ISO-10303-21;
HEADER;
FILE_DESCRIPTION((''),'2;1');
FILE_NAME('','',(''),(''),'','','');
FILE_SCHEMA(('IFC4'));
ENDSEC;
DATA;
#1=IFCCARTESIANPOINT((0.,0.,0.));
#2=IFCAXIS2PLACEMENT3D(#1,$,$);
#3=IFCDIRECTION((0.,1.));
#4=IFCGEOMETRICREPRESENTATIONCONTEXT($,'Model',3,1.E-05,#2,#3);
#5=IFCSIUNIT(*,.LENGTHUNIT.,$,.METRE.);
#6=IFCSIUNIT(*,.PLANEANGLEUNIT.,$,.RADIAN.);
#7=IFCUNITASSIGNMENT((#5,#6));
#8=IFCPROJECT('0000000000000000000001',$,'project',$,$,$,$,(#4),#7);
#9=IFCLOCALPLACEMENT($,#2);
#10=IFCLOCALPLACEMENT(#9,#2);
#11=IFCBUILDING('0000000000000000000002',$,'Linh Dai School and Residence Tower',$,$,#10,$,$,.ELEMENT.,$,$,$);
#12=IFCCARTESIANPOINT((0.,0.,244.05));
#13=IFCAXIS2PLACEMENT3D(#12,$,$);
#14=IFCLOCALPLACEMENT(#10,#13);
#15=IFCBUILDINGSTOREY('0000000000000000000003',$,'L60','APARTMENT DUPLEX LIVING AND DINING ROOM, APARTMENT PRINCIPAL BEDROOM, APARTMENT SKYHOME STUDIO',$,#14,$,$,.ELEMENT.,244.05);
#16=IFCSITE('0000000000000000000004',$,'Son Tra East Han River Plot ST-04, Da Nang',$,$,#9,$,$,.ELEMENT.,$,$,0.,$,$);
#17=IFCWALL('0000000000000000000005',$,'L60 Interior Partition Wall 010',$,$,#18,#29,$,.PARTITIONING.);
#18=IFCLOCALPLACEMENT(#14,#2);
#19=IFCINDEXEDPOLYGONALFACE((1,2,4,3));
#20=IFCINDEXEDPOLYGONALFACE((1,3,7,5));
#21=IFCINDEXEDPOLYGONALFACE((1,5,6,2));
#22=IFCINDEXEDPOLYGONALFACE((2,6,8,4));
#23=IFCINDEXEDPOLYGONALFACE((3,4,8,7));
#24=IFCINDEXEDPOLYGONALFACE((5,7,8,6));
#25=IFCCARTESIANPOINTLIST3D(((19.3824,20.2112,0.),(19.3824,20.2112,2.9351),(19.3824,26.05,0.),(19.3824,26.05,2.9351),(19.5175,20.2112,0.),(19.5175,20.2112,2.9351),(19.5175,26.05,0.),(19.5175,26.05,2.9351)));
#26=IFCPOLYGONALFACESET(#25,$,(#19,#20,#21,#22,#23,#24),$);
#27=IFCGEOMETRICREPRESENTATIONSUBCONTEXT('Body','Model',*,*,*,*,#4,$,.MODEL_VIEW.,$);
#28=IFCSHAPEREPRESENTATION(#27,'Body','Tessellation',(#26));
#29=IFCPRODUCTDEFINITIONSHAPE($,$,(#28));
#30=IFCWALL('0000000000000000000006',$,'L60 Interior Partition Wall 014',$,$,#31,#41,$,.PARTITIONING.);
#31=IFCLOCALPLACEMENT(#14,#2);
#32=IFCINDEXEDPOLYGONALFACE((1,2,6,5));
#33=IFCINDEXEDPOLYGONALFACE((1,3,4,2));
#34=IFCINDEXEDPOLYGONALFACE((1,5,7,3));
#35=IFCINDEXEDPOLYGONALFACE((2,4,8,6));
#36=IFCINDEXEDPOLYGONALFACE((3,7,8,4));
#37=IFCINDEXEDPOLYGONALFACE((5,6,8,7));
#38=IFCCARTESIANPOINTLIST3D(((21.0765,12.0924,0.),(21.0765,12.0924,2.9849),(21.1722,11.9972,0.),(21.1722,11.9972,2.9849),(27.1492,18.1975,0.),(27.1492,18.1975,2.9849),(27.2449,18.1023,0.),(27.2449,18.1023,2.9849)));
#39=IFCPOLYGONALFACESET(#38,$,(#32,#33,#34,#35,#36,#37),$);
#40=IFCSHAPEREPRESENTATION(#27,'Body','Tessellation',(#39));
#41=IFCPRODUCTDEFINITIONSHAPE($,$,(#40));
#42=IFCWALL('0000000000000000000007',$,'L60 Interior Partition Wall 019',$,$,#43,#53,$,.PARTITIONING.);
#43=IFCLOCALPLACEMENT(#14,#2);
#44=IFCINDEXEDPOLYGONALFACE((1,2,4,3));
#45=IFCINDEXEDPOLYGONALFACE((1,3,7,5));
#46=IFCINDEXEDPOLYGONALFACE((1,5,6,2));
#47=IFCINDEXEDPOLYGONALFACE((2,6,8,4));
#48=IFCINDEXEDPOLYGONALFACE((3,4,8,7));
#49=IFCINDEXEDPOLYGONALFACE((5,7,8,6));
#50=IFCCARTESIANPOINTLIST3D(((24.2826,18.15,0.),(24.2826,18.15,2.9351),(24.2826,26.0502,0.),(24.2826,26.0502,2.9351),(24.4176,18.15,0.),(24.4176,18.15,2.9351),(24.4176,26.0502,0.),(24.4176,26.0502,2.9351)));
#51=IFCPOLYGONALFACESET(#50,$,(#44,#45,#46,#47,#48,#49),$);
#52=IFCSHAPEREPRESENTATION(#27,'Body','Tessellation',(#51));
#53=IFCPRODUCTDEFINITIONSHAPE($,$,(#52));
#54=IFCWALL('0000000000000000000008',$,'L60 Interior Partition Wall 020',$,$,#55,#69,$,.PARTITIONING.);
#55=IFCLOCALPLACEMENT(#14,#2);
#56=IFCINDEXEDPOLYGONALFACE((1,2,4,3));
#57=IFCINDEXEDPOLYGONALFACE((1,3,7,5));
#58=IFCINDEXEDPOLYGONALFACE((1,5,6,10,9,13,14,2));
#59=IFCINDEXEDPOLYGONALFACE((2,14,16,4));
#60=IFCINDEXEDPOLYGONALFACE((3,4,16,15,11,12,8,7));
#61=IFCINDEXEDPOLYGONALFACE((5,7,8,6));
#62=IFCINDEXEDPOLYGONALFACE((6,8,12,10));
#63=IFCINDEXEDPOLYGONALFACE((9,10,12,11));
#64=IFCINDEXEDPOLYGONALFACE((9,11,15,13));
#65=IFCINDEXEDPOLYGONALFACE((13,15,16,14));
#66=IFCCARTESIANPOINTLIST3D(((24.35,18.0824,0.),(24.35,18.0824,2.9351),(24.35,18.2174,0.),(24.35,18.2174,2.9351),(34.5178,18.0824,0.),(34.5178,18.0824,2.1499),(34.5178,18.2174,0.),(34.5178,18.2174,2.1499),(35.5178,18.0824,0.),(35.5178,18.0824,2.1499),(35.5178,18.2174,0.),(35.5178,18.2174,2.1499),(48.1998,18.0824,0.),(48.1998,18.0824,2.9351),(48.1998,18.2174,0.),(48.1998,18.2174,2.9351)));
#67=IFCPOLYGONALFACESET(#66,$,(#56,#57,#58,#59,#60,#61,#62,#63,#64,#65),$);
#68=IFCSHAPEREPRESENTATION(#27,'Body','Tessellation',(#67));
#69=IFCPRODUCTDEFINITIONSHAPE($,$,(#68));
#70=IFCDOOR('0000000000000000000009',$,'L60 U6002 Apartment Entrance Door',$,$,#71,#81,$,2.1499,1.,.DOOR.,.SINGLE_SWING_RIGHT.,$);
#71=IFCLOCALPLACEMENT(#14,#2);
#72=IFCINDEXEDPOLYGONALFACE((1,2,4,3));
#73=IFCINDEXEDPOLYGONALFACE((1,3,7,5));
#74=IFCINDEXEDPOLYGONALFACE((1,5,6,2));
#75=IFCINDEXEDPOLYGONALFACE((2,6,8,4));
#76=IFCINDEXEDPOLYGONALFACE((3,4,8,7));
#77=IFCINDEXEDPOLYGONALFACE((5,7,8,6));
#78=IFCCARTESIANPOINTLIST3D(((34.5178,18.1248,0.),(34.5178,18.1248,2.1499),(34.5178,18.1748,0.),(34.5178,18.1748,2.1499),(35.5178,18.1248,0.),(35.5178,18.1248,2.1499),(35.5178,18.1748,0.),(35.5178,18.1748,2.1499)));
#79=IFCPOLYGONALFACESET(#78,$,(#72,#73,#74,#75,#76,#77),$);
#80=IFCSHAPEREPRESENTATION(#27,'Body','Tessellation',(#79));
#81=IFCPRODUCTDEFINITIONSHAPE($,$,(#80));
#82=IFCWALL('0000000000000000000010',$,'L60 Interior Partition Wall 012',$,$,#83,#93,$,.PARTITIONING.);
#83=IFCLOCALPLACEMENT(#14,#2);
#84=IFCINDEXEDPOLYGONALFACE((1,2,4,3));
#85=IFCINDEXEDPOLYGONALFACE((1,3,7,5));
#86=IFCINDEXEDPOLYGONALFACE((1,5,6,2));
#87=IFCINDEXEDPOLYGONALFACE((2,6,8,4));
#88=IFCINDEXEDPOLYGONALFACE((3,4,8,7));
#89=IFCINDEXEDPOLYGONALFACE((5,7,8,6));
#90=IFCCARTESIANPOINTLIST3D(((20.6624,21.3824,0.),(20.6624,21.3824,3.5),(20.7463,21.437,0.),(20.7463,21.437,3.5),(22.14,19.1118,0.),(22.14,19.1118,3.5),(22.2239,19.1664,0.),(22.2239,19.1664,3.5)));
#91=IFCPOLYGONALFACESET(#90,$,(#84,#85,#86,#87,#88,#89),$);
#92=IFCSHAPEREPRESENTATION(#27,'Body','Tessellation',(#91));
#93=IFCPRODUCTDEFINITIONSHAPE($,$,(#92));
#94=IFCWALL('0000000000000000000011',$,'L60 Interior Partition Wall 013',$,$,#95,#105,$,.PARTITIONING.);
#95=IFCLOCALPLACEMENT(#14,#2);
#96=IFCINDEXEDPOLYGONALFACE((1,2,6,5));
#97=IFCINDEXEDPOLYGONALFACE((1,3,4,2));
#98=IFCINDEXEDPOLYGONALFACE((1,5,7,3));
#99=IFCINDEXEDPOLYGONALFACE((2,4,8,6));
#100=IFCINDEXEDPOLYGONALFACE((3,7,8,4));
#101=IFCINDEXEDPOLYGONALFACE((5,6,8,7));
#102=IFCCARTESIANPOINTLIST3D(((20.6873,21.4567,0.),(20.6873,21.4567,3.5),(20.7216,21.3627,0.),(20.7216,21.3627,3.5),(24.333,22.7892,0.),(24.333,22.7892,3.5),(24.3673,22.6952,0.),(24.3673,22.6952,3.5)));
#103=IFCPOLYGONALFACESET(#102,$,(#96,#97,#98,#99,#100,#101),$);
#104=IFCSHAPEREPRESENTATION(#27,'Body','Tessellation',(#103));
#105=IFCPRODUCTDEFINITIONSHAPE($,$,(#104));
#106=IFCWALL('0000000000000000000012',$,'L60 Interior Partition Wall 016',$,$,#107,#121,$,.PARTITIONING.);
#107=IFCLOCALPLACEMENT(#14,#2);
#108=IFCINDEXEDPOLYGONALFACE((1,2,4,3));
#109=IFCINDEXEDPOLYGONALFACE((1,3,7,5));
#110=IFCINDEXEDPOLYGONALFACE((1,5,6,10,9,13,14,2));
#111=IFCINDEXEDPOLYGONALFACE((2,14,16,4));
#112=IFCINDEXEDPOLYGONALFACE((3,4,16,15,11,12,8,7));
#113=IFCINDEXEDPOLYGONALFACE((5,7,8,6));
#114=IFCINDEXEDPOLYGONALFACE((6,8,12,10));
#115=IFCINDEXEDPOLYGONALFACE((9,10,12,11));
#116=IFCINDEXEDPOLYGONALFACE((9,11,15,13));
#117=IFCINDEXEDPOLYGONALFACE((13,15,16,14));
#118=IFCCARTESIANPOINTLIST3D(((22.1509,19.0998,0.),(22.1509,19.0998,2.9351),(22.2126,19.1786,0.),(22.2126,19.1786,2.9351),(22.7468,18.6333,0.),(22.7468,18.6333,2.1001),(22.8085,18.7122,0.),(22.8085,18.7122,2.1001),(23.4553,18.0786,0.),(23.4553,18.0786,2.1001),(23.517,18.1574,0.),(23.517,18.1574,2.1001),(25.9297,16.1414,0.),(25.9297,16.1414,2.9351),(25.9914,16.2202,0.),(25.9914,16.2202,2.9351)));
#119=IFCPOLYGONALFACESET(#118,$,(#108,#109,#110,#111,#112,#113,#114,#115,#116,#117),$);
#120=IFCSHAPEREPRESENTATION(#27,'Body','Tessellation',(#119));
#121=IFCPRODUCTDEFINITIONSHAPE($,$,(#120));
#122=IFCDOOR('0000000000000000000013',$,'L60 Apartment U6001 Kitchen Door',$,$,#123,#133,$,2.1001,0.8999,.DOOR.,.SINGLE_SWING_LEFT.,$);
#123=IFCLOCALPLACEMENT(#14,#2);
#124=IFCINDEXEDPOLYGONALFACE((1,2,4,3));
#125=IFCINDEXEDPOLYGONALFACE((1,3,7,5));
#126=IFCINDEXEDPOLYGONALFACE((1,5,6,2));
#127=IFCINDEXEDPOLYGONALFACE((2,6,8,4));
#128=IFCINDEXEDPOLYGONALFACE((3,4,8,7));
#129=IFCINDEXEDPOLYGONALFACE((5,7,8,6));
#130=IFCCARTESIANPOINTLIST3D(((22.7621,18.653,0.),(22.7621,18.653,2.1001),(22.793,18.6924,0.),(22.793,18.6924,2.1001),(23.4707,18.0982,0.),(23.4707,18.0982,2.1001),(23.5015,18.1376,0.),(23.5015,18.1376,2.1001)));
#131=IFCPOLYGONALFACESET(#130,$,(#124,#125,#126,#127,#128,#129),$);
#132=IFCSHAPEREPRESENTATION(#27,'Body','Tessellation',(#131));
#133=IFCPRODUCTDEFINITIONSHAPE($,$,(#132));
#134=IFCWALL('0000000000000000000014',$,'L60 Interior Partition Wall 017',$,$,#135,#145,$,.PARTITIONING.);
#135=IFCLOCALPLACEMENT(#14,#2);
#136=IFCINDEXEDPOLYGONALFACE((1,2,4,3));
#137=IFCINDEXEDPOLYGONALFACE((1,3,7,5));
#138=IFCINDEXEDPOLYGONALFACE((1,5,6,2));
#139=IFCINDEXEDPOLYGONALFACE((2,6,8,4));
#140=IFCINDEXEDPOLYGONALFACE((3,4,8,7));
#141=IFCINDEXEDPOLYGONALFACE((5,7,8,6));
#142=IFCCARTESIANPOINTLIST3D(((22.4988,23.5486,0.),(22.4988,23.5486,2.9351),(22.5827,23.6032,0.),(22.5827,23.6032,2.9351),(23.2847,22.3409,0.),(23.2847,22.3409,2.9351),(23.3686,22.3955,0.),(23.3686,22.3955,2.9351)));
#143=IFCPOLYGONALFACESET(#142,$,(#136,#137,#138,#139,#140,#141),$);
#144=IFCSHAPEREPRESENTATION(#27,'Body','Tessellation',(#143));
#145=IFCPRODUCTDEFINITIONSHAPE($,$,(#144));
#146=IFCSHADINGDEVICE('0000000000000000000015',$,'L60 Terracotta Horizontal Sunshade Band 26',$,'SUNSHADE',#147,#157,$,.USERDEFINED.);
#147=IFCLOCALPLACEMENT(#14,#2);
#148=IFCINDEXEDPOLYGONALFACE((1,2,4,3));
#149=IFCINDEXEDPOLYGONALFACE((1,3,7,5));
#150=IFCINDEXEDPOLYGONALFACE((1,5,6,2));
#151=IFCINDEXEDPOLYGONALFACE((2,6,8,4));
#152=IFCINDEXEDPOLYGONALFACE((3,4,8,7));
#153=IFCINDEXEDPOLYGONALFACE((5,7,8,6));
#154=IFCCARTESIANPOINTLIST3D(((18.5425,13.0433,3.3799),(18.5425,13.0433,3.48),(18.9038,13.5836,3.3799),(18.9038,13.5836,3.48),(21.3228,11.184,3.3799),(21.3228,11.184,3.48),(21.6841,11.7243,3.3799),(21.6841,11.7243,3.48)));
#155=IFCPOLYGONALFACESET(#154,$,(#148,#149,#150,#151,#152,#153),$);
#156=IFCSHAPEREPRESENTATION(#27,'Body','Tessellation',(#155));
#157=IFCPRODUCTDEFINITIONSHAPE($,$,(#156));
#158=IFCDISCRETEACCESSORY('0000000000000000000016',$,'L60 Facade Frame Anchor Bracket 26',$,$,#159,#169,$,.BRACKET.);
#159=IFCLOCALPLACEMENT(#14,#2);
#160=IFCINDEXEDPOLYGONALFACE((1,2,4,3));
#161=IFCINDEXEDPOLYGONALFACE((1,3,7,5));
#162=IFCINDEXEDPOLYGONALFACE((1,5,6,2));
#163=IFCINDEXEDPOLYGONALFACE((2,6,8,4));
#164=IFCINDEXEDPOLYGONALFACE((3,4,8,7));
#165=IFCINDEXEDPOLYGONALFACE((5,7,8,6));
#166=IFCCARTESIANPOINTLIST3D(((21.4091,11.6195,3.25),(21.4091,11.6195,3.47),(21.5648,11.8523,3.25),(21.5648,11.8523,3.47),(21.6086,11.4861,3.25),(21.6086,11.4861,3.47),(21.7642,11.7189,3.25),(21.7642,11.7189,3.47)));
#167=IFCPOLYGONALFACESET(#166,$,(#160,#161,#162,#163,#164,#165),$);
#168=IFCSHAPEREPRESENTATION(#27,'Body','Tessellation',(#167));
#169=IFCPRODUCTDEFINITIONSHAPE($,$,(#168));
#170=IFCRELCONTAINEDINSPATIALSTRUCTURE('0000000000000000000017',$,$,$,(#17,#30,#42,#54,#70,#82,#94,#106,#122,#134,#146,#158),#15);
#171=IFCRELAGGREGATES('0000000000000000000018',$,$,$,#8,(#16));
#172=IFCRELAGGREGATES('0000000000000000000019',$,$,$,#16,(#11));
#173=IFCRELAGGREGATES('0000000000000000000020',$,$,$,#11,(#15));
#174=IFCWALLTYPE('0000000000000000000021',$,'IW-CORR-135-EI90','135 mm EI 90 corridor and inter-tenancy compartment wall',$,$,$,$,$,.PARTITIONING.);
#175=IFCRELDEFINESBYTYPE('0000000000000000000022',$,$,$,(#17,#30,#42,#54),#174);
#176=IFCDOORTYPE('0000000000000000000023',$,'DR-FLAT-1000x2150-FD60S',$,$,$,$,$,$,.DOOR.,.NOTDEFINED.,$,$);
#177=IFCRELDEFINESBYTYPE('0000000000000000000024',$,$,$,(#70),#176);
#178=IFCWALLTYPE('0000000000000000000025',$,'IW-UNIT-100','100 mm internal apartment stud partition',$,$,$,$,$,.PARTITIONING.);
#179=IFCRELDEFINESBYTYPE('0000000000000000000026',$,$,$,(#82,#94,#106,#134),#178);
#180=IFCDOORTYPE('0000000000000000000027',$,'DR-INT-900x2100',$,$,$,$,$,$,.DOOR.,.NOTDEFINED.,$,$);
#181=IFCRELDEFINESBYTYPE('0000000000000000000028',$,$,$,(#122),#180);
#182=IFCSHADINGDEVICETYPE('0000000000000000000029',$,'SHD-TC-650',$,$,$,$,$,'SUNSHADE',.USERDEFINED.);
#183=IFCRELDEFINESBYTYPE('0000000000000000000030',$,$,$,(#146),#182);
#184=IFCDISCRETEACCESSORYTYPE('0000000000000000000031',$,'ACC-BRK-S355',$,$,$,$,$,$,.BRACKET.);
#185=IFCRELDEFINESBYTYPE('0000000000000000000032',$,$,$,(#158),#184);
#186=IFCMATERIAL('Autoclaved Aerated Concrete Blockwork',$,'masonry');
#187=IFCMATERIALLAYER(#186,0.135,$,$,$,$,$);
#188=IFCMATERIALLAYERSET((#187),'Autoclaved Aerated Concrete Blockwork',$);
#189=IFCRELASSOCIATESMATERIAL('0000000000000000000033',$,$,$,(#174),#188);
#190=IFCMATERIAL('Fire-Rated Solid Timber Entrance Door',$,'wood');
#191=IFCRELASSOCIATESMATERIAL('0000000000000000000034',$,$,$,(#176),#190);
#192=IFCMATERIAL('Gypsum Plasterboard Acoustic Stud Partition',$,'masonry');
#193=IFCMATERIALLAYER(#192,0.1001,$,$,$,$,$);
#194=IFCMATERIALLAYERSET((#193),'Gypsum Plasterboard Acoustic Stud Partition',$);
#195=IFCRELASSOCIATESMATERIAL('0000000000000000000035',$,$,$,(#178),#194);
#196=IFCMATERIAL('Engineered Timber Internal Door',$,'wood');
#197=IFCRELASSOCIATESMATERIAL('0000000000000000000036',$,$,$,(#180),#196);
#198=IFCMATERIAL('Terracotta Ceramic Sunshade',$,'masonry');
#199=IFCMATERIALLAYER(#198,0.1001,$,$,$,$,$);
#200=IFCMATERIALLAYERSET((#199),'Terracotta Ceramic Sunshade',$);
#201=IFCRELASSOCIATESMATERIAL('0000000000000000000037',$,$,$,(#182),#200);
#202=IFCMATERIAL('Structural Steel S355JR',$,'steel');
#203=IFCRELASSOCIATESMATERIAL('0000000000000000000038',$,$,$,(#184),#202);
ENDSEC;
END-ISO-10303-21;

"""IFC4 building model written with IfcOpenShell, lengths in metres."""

from ifc_helpers import new_model, si_unit, direction, frame, frame_2d, origin, origin_2d, place, context, subcontext, project, spatial, rectangle, extrude, source, transform, mapped, material, layer, layer_set, type_object, element, fill, save


model = new_model("IFC4")

# Units and contexts
model_context = context("Model", 3, precision=1e-05, world=origin(), true_north=direction((0.0, 1.0)))
body_context = subcontext(model_context, "Body", "Model", "MODEL_VIEW")
ifc_project = project(units=[si_unit("LENGTHUNIT", "METRE"), si_unit("PLANEANGLEUNIT", "RADIAN")], contexts=[model_context])

# Site, building, storey
site_placement = place(None, origin())
site = spatial("IfcSite", under=ifc_project, at=site_placement, Name="Son Tra East Han River Plot ST-04, Da Nang", CompositionType="ELEMENT", RefElevation=0.0)
building_placement = place(site_placement, origin())
building = spatial("IfcBuilding", under=site, at=building_placement, Name="Linh Dai School and Residence Tower", CompositionType="ELEMENT")
storey_placement = place(building_placement, frame((0.0, 0.0, 244.05)))
storey = spatial("IfcBuildingStorey", under=building, at=storey_placement, Name="L60", Description="APARTMENT DUPLEX LIVING AND DINING ROOM, APARTMENT PRINCIPAL BEDROOM, APARTMENT SKYHOME STUDIO", CompositionType="ELEMENT", Elevation=244.05)

# Shared definitions
ifc_material_1 = material(Name="Structural Steel S355JR", Category="steel")

# Walls
ifc_material_2 = material(Name="Autoclaved Aerated Concrete Blockwork", Category="masonry")
ifc_layer_1 = layer(ifc_material_2, 0.135)
ifc_layer_set_1 = layer_set([ifc_layer_1], Name="Autoclaved Aerated Concrete Blockwork")
wall_type_1 = type_object("IfcWallType", Name="IW-CORR-135-EI90", Description="135 mm EI 90 corridor and inter-tenancy compartment wall", PredefinedType="PARTITIONING", material=ifc_layer_set_1)
wall_1_placement = place(storey_placement, frame((19.45, 20.2112, 0.0), z_axis=(0.0, 0.0, 1.0), x_axis=(0.0, 1.0, 0.0)))
element("IfcWall", 1, at=wall_1_placement, inside=storey, type_object=wall_type_1, Name="L60 Interior Partition Wall 010", PredefinedType="PARTITIONING", context=body_context, shape_type="SweptSolid", body=[
    extrude(rectangle(XDim=5.8389, YDim=0.135, at=frame_2d((2.9194, 0.0))), origin(), (0.0, 0.0, 1.0), 2.9351),
])
wall_2_placement = place(storey_placement, frame((21.1243, 12.0447, 0.0), z_axis=(0.0, 0.0, 1.0), x_axis=(0.705219, 0.70899, 0.0)))
element("IfcWall", 2, at=wall_2_placement, inside=storey, type_object=wall_type_1, Name="L60 Interior Partition Wall 014", PredefinedType="PARTITIONING", context=body_context, shape_type="SweptSolid", body=[
    extrude(rectangle(XDim=8.6111, YDim=0.135, at=frame_2d((4.3057, 0.0))), origin(), (0.0, 0.0, 1.0), 2.9849),
])
wall_3_placement = place(storey_placement, frame((24.3501, 18.1499, 0.0), z_axis=(0.0, 0.0, 1.0), x_axis=(0.0, 1.0, 0.0)))
element("IfcWall", 3, at=wall_3_placement, inside=storey, type_object=wall_type_1, Name="L60 Interior Partition Wall 019", PredefinedType="PARTITIONING", context=body_context, shape_type="SweptSolid", body=[
    extrude(rectangle(XDim=7.9001, YDim=0.135, at=frame_2d((3.9502, 0.0))), origin(), (0.0, 0.0, 1.0), 2.9351),
])

# Wall, opening, door
wall_4_placement = place(storey_placement, frame((24.3501, 18.1499, 0.0), z_axis=(0.0, 0.0, 1.0), x_axis=(1.0, 0.0, 0.0)))
wall_4 = element("IfcWall", 4, at=wall_4_placement, inside=storey, type_object=wall_type_1, Name="L60 Interior Partition Wall 020", PredefinedType="PARTITIONING", context=body_context, shape_type="SweptSolid", body=[
    extrude(rectangle(XDim=23.8499, YDim=0.135, at=frame_2d((11.9248, 0.0))), origin(), (0.0, 0.0, 1.0), 2.9351),
])
opening_1_placement = place(wall_4_placement, frame((10.1677, 0.0, 0.0)))
opening_1 = element("IfcOpeningElement", 5, at=opening_1_placement, cuts=wall_4, PredefinedType="OPENING", context=body_context, shape_type="SweptSolid", body=[
    extrude(rectangle(XDim=1.0, YDim=2.1499, at=origin_2d()), frame((0.5, 0.0776, 1.075), z_axis=(0.0, -1.0, 0.0), x_axis=(1.0, 0.0, 0.0)), (0.0, 0.0, 1.0), 0.155),
])
ifc_material_3 = material(Name="Fire-Rated Solid Timber Entrance Door", Category="wood")
door_type_1 = type_object("IfcDoorType", Name="DR-FLAT-1000x2150-FD60S", OperationType="NOTDEFINED", PredefinedType="DOOR", material=ifc_material_3)
shared_shape_1 = source(origin(), body_context, "Body", "SweptSolid", [
    extrude(rectangle(XDim=1.0, YDim=2.1499, at=origin_2d()), frame((0.5, 0.0249, 1.075), z_axis=(0.0, -1.0, 0.0), x_axis=(1.0, 0.0, 0.0)), (0.0, 0.0, 1.0), 0.05),
])
door_1_placement = place(opening_1_placement, origin())
door_1 = element("IfcDoor", 6, at=door_1_placement, inside=storey, type_object=door_type_1, Name="L60 U6002 Apartment Entrance Door", OperationType="SINGLE_SWING_RIGHT", OverallHeight=2.1499, OverallWidth=1.0, PredefinedType="DOOR", context=body_context, shape_type="MappedRepresentation", body=[
    mapped(shared_shape_1, transform((0.0, 0.0, 0.0), x_axis=(1.0, 0.0, 0.0), y_axis=(0.0, 1.0, 0.0), z_axis=(0.0, 0.0, 1.0), scale=1.0)),
])
fill(opening_1, door_1)

# Walls
ifc_material_4 = material(Name="Gypsum Plasterboard Acoustic Stud Partition", Category="masonry")
ifc_layer_2 = layer(ifc_material_4, 0.1001)
ifc_layer_set_2 = layer_set([ifc_layer_2], Name="Gypsum Plasterboard Acoustic Stud Partition")
wall_type_2 = type_object("IfcWallType", Name="IW-UNIT-100", Description="100 mm internal apartment stud partition", PredefinedType="PARTITIONING", material=ifc_layer_set_2)
wall_5_placement = place(storey_placement, frame((20.7043, 21.4097, 0.0), z_axis=(0.0, 0.0, 1.0), x_axis=(0.545432, -0.838155, 0.0)))
element("IfcWall", 7, at=wall_5_placement, inside=storey, type_object=wall_type_2, Name="L60 Interior Partition Wall 012", PredefinedType="PARTITIONING", context=body_context, shape_type="SweptSolid", body=[
    extrude(rectangle(XDim=2.709, YDim=0.1001, at=frame_2d((1.3545, 0.0))), origin(), (0.0, 0.0, 1.0), 3.5),
])
wall_6_placement = place(storey_placement, frame((20.7043, 21.4097, 0.0), z_axis=(0.0, 0.0, 1.0), x_axis=(0.93923, 0.343288, 0.0)))
element("IfcWall", 8, at=wall_6_placement, inside=storey, type_object=wall_type_2, Name="L60 Interior Partition Wall 013", PredefinedType="PARTITIONING", context=body_context, shape_type="SweptSolid", body=[
    extrude(rectangle(XDim=3.8816, YDim=0.1001, at=frame_2d((1.9409, 0.0))), origin(), (0.0, 0.0, 1.0), 3.5),
])

# Wall, opening, door
wall_7_placement = place(storey_placement, frame((22.1819, 19.1392, 0.0), z_axis=(0.0, 0.0, 1.0), x_axis=(0.787387, -0.616459, 0.0)))
wall_7 = element("IfcWall", 9, at=wall_7_placement, inside=storey, type_object=wall_type_2, Name="L60 Interior Partition Wall 016", PredefinedType="PARTITIONING", context=body_context, shape_type="SweptSolid", body=[
    extrude(rectangle(XDim=4.7991, YDim=0.1001, at=frame_2d((2.3994, 0.0))), origin(), (0.0, 0.0, 1.0), 2.9351),
])
opening_2_placement = place(wall_7_placement, frame((0.7566, 0.0, 0.0)))
opening_2 = element("IfcOpeningElement", 10, at=opening_2_placement, cuts=wall_7, PredefinedType="OPENING", context=body_context, shape_type="SweptSolid", body=[
    extrude(rectangle(XDim=0.8999, YDim=2.1001, at=origin_2d()), frame((0.45, 0.0601, 1.05), z_axis=(0.0, -1.0, 0.0), x_axis=(1.0, 0.0, 0.0)), (0.0, 0.0, 1.0), 0.1201),
])
ifc_material_5 = material(Name="Engineered Timber Internal Door", Category="wood")
door_type_2 = type_object("IfcDoorType", Name="DR-INT-900x2100", OperationType="NOTDEFINED", PredefinedType="DOOR", material=ifc_material_5)
shared_shape_2 = source(origin(), body_context, "Body", "SweptSolid", [
    extrude(rectangle(XDim=0.8999, YDim=2.1001, at=origin_2d()), frame((0.45, 0.0249, 1.05), z_axis=(0.0, -1.0, 0.0), x_axis=(1.0, 0.0, 0.0)), (0.0, 0.0, 1.0), 0.05),
])
door_2_placement = place(opening_2_placement, origin())
door_2 = element("IfcDoor", 11, at=door_2_placement, inside=storey, type_object=door_type_2, Name="L60 Apartment U6001 Kitchen Door", OperationType="SINGLE_SWING_LEFT", OverallHeight=2.1001, OverallWidth=0.8999, PredefinedType="DOOR", context=body_context, shape_type="MappedRepresentation", body=[
    mapped(shared_shape_2, transform((0.0, 0.0, 0.0), x_axis=(1.0, 0.0, 0.0), y_axis=(0.0, 1.0, 0.0), z_axis=(0.0, 0.0, 1.0), scale=1.0)),
])
fill(opening_2, door_2)

# Wall
wall_8_placement = place(storey_placement, frame((22.5408, 23.5759, 0.0), z_axis=(0.0, 0.0, 1.0), x_axis=(0.545399, -0.838176, 0.0)))
element("IfcWall", 12, at=wall_8_placement, inside=storey, type_object=wall_type_2, Name="L60 Interior Partition Wall 017", PredefinedType="PARTITIONING", context=body_context, shape_type="SweptSolid", body=[
    extrude(rectangle(XDim=1.4409, YDim=0.1001, at=frame_2d((0.7205, 0.0))), origin(), (0.0, 0.0, 1.0), 2.9351),
])

# Shading device
ifc_material_6 = material(Name="Terracotta Ceramic Sunshade", Category="masonry")
ifc_layer_3 = layer(ifc_material_6, 0.1001)
ifc_layer_set_3 = layer_set([ifc_layer_3], Name="Terracotta Ceramic Sunshade")
shading_device_type = type_object("IfcShadingDeviceType", Name="SHD-TC-650", ElementType="SUNSHADE", PredefinedType="USERDEFINED", material=ifc_layer_set_3)
shared_shape_3 = source(origin(), body_context, "Body", "SweptSolid", [
    extrude(rectangle(XDim=3.3447, YDim=0.6499, at=origin_2d()), origin(), (0.0, 0.0, 1.0), 0.1001),
])
shading_device_placement = place(storey_placement, frame((20.1133, 12.3838, 3.3799), z_axis=(0.0, 0.0, 1.0), x_axis=(-0.831258, 0.555887, 0.0)))
element("IfcShadingDevice", 13, at=shading_device_placement, inside=storey, type_object=shading_device_type, Name="L60 Terracotta Horizontal Sunshade Band 26", ObjectType="SUNSHADE", PredefinedType="USERDEFINED", context=body_context, shape_type="MappedRepresentation", body=[
    mapped(shared_shape_3, transform((0.0, 0.0, 0.0), x_axis=(1.0, 0.0, 0.0), y_axis=(0.0, 1.0, 0.0), z_axis=(0.0, 0.0, 1.0), scale=1.0)),
])

# Discrete accessory
discrete_accessory_type = type_object("IfcDiscreteAccessoryType", Name="ACC-BRK-S355", PredefinedType="BRACKET", material=ifc_material_1)
shared_shape_4 = source(origin(), body_context, "Body", "SweptSolid", [
    extrude(rectangle(XDim=0.28, YDim=0.24, at=origin_2d()), origin(), (0.0, 0.0, 1.0), 0.22),
])
discrete_accessory_placement = place(storey_placement, frame((21.5867, 11.6692, 3.25), z_axis=(0.0, 0.0, 1.0), x_axis=(-0.555887, -0.831258, 0.0)))
element("IfcDiscreteAccessory", 14, at=discrete_accessory_placement, inside=storey, type_object=discrete_accessory_type, Name="L60 Facade Frame Anchor Bracket 26", PredefinedType="BRACKET", context=body_context, shape_type="MappedRepresentation", body=[
    mapped(shared_shape_4, transform((0.0, 0.0, 0.0), x_axis=(1.0, 0.0, 0.0), y_axis=(0.0, 1.0, 0.0), z_axis=(0.0, 0.0, 1.0), scale=1.0)),
])

save(model, "model.ifc")
